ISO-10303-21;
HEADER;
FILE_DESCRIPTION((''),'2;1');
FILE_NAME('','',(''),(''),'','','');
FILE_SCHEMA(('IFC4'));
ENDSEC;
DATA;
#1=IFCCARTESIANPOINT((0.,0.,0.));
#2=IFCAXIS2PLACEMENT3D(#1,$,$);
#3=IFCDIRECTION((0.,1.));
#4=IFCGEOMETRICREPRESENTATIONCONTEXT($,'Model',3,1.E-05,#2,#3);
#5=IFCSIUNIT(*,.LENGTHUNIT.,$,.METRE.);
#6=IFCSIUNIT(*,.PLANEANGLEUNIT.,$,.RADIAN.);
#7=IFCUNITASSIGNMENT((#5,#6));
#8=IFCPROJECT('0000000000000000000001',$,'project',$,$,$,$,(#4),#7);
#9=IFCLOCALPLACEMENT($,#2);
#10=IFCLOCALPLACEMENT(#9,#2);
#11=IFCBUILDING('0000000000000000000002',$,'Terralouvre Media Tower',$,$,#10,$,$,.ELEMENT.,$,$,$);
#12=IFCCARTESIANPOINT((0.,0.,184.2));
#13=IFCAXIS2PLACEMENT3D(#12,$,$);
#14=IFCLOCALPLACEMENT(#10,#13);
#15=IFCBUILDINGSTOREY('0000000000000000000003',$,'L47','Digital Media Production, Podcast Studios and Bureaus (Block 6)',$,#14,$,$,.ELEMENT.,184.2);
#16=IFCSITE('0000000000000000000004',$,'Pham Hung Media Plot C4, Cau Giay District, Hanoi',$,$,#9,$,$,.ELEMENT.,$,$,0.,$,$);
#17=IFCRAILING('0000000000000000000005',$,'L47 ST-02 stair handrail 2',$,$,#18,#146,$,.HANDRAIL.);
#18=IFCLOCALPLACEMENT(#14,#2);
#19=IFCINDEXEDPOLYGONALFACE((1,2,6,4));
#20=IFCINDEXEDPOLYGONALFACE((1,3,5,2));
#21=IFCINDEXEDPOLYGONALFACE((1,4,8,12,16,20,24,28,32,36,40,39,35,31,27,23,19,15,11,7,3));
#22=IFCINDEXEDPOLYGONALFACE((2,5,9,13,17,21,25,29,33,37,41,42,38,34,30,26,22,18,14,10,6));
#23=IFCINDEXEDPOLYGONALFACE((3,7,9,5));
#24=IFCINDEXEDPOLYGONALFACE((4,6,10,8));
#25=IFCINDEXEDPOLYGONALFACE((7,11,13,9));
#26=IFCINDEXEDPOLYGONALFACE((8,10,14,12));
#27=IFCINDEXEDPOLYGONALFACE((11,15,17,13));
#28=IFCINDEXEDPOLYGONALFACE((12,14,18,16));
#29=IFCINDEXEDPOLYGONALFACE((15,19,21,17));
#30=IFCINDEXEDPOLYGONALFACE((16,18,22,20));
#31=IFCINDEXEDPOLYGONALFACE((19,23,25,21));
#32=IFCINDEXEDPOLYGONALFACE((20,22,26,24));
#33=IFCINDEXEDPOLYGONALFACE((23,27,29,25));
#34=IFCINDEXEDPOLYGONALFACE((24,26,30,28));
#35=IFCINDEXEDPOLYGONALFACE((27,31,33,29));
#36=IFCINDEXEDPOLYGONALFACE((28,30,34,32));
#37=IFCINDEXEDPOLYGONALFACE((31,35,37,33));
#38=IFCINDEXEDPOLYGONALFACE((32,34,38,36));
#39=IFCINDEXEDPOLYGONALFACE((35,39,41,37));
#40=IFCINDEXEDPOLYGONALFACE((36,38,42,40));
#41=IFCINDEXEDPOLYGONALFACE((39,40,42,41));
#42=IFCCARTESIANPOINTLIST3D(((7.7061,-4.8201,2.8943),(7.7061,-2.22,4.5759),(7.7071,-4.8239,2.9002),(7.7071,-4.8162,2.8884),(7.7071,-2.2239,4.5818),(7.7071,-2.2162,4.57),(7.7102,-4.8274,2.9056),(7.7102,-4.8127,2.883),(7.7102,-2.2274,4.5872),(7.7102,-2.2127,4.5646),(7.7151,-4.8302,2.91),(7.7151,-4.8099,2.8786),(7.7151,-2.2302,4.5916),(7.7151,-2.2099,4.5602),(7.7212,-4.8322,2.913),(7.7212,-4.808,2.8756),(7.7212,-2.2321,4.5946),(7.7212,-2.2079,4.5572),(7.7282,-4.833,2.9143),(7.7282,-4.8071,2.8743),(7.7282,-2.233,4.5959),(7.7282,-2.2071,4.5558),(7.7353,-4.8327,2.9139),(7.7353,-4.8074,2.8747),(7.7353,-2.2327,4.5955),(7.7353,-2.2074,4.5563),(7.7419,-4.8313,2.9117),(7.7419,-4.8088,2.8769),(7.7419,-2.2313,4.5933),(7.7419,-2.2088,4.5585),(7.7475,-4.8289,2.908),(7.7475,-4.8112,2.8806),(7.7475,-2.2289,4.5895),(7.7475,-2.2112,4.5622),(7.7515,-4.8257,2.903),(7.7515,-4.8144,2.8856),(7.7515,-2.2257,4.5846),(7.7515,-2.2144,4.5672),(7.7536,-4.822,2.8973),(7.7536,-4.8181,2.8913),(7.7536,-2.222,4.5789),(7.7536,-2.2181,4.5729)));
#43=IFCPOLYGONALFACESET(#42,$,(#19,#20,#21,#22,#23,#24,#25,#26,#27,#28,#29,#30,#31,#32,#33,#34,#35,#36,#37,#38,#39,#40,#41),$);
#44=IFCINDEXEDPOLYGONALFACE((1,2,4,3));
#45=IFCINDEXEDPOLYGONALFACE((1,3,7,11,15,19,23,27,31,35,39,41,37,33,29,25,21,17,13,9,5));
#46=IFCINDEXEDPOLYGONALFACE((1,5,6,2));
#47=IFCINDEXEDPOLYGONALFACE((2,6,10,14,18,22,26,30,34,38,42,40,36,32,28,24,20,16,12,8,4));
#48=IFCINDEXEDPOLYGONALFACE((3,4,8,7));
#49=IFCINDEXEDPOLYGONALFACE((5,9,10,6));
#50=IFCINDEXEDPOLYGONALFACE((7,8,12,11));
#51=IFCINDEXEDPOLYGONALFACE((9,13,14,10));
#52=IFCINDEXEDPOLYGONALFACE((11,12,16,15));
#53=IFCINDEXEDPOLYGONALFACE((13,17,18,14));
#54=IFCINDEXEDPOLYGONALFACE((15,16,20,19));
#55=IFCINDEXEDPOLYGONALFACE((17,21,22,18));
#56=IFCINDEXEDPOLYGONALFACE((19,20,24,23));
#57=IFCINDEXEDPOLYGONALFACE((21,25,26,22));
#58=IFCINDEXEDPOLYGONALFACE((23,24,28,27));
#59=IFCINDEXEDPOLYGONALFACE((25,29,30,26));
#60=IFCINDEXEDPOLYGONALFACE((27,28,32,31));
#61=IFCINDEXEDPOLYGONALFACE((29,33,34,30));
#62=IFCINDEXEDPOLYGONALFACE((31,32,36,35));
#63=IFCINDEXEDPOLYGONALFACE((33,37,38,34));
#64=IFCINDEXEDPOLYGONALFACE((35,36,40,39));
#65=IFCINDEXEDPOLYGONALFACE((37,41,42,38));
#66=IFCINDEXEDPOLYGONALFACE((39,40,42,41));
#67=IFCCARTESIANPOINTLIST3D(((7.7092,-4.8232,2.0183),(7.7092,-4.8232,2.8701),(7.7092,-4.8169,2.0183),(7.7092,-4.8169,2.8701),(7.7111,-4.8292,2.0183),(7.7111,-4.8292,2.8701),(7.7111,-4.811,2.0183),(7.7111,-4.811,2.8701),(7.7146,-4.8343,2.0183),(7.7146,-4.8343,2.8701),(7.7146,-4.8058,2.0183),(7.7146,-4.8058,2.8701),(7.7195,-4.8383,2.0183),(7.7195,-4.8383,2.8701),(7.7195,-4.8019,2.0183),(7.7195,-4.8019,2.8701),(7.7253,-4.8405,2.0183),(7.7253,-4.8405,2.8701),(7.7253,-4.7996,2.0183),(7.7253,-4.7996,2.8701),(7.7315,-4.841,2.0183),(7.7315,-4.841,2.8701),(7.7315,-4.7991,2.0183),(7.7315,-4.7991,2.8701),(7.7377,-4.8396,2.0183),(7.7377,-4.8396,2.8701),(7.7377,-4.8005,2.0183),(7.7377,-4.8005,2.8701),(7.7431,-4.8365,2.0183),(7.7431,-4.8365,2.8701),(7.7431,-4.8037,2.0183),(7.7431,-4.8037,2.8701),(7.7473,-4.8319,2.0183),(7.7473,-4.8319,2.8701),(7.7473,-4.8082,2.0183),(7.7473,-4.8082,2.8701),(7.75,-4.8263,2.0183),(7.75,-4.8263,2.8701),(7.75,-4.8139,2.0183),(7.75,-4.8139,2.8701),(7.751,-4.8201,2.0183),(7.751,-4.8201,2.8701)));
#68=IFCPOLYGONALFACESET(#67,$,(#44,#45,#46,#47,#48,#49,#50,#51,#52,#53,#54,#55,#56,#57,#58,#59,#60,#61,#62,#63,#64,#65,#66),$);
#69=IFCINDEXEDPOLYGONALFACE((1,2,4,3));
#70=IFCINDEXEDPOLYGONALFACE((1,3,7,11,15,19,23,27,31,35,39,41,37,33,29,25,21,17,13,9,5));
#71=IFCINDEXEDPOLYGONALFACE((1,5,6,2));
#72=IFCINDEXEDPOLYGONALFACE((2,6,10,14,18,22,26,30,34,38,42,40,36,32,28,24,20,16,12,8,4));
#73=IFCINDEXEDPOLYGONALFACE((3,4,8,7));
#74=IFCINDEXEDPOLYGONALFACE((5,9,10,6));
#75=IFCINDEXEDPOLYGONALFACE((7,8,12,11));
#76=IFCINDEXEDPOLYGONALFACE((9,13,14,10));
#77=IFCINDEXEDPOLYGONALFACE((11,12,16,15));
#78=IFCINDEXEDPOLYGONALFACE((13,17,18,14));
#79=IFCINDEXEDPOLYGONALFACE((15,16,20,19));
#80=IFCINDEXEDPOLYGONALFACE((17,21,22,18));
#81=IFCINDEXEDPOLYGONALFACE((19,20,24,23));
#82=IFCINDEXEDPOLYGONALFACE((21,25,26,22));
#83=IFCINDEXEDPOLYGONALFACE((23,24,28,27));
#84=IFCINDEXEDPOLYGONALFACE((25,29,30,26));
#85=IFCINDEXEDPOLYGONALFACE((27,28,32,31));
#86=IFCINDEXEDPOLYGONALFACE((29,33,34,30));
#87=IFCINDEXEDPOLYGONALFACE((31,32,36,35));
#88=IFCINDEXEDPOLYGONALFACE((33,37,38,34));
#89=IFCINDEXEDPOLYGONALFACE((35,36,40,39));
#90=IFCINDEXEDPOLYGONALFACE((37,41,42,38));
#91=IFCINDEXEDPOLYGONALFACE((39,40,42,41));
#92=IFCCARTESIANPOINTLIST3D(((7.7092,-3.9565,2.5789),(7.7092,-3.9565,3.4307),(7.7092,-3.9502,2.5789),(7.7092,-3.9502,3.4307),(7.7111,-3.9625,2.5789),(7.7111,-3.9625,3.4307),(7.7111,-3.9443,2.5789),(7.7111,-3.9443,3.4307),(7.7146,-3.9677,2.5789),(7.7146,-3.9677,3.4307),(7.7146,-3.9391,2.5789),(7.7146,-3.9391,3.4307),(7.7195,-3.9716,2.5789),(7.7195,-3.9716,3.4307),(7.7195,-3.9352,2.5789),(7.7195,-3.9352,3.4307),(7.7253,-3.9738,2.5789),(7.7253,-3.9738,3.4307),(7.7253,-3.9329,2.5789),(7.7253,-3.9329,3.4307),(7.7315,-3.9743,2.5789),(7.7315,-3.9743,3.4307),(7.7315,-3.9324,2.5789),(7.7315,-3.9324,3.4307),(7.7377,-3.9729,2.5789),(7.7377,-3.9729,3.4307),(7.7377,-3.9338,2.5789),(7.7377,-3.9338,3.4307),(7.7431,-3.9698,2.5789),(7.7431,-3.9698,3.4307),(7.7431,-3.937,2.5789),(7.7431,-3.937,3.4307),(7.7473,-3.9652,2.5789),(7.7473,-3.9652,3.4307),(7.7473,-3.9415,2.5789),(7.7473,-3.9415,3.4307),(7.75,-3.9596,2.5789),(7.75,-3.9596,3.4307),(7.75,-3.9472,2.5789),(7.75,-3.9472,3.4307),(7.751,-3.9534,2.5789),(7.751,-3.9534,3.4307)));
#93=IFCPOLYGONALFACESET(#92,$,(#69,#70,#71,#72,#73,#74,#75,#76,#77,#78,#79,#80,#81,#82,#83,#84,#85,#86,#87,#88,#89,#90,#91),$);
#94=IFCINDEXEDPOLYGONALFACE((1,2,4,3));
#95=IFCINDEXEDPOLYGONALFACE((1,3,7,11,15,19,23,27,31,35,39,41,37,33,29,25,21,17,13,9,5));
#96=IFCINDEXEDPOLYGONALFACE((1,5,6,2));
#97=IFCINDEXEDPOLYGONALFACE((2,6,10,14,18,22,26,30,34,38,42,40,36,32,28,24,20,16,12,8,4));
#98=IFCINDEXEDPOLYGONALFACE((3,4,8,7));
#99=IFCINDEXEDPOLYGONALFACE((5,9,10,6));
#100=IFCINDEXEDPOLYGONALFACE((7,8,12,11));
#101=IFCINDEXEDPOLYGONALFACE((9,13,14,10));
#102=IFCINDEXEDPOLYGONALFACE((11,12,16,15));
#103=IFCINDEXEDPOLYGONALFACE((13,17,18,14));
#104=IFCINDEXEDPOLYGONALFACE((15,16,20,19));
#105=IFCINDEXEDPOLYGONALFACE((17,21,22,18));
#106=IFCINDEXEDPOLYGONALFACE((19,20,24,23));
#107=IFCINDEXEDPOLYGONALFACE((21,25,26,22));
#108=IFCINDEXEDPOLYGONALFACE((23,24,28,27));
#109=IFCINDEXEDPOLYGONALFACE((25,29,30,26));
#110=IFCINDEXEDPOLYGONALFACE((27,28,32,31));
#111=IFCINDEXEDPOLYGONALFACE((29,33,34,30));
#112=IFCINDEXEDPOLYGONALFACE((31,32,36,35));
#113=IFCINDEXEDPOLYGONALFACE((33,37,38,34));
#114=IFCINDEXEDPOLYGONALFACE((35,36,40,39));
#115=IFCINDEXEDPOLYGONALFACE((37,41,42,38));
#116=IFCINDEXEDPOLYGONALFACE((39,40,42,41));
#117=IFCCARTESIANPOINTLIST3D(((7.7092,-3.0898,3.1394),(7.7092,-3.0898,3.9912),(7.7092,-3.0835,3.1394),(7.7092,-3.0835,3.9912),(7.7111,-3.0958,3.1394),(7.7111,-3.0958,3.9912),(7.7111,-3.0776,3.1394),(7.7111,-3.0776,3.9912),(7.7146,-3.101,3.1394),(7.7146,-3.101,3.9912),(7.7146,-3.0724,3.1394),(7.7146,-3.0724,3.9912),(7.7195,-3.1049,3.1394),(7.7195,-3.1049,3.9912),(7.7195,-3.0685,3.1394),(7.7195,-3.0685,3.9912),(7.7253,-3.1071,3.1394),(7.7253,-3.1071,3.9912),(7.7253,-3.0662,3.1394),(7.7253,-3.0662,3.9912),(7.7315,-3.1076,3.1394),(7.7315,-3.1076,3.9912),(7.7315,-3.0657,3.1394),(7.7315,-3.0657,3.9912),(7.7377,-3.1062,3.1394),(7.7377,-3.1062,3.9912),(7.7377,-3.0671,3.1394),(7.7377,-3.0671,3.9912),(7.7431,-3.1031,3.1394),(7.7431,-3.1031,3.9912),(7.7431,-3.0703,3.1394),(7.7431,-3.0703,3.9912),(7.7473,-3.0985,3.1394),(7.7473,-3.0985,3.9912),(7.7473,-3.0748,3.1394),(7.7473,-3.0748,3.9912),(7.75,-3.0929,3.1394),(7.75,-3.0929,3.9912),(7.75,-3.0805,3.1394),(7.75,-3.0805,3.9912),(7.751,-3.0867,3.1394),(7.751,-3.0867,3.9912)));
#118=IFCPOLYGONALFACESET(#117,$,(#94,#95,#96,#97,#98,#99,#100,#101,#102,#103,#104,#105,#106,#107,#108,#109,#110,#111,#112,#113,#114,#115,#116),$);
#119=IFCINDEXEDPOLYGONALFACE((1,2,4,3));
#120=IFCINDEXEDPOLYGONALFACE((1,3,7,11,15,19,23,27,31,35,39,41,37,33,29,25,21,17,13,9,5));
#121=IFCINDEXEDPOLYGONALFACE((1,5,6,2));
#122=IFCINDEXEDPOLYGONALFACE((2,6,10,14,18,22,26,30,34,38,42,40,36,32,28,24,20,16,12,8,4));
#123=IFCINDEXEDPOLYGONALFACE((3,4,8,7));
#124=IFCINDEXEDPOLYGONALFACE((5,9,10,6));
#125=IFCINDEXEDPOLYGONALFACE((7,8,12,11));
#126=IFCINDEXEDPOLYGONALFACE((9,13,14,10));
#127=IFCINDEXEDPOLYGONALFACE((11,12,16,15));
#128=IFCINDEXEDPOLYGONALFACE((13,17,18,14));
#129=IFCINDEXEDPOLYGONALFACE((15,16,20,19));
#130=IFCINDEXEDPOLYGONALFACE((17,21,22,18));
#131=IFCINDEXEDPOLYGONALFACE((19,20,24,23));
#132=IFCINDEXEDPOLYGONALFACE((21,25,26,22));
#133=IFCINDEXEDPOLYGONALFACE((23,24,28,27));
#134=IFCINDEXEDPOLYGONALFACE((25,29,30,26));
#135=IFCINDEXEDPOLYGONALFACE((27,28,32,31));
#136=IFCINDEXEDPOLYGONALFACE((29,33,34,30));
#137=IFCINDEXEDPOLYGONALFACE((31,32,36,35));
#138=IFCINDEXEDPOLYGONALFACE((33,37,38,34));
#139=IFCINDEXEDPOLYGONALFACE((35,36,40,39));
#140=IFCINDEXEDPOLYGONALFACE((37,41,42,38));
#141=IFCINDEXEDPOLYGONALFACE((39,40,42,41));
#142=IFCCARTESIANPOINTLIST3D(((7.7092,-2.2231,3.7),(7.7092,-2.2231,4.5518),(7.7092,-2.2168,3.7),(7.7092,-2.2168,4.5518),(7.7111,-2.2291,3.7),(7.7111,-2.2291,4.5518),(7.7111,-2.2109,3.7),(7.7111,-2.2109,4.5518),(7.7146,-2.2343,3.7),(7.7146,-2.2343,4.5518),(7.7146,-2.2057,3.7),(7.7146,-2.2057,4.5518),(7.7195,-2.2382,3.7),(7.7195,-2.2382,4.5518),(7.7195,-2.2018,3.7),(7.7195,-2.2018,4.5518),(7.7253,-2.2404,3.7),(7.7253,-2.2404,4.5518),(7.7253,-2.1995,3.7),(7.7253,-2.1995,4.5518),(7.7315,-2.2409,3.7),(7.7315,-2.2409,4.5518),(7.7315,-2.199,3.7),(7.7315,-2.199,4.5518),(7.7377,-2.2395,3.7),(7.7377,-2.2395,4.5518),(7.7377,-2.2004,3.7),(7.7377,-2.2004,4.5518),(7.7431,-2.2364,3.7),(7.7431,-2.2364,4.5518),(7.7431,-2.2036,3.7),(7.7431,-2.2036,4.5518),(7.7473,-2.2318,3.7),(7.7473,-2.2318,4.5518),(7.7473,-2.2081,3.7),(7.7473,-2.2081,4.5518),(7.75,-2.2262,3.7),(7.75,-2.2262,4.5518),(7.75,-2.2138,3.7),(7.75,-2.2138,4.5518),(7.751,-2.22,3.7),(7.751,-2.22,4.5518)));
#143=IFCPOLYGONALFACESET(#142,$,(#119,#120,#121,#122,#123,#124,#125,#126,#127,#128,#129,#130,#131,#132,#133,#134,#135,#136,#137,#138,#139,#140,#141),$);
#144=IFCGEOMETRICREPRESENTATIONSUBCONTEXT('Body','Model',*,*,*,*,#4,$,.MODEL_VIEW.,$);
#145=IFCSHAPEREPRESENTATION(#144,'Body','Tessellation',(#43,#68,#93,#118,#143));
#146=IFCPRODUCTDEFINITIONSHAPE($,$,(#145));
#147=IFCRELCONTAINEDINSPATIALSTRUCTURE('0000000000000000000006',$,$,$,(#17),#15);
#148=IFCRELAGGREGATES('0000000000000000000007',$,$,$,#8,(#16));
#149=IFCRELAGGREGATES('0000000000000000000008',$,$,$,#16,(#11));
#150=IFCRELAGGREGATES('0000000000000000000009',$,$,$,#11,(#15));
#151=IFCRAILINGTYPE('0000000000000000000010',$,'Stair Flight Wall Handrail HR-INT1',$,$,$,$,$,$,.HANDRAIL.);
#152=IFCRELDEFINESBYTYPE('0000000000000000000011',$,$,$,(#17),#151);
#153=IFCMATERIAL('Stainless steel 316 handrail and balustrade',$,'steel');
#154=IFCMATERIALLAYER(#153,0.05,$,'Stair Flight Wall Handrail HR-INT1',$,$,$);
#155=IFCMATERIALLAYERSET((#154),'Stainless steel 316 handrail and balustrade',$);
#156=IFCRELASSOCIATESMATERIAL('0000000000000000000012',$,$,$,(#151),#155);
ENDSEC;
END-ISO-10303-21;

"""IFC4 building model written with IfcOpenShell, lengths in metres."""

from ifc_helpers import new_model, si_unit, direction, frame, origin, origin_2d, place, context, subcontext, project, spatial, circle, extrude, material, layer, layer_set, type_object, element, save


model = new_model("IFC4")

# Units and contexts
model_context = context("Model", 3, precision=1e-05, world=origin(), true_north=direction((0.0, 1.0)))
body_context = subcontext(model_context, "Body", "Model", "MODEL_VIEW")
ifc_project = project(units=[si_unit("LENGTHUNIT", "METRE"), si_unit("PLANEANGLEUNIT", "RADIAN")], contexts=[model_context])

# Site, building, storey
site_placement = place(None, origin())
site = spatial("IfcSite", under=ifc_project, at=site_placement, Name="Pham Hung Media Plot C4, Cau Giay District, Hanoi", CompositionType="ELEMENT", RefElevation=0.0)
building_placement = place(site_placement, origin())
building = spatial("IfcBuilding", under=site, at=building_placement, Name="Terralouvre Media Tower", CompositionType="ELEMENT")
storey_placement = place(building_placement, frame((0.0, 0.0, 184.2)))
storey = spatial("IfcBuildingStorey", under=building, at=storey_placement, Name="L47", Description="Digital Media Production, Podcast Studios and Bureaus (Block 6)", CompositionType="ELEMENT", Elevation=184.2)

# Railing
ifc_material_1 = material(Name="Stainless steel 316 handrail and balustrade", Category="steel")
ifc_layer_1 = layer(ifc_material_1, 0.05, Name="Stair Flight Wall Handrail HR-INT1")
ifc_layer_set_1 = layer_set([ifc_layer_1], Name="Stainless steel 316 handrail and balustrade")
railing_type_1 = type_object("IfcRailingType", Name="Stair Flight Wall Handrail HR-INT1", PredefinedType="HANDRAIL", material=ifc_layer_set_1)
railing_1_placement = place(storey_placement, frame((7.73, -4.8201, 2.0183)))
element("IfcRailing", 1, at=railing_1_placement, inside=storey, type_object=railing_type_1, Name="L47 ST-02 stair handrail 2", PredefinedType="HANDRAIL", context=body_context, shape_type="SweptSolid", body=[
    extrude(circle(Radius=0.0239, at=origin_2d()), frame((0.0, 0.0, 0.876), z_axis=(0.0, 0.839684, 0.543075), x_axis=(-1.0, 0.0, 0.0)), (0.0, 0.0, 1.0), 3.0964),
    extrude(circle(Radius=0.021, at=origin_2d()), origin(), (0.0, 0.0, 1.0), 0.8518),
    extrude(circle(Radius=0.021, at=origin_2d()), frame((0.0, 0.8667, 0.5605)), (0.0, 0.0, 1.0), 0.8518),
    extrude(circle(Radius=0.021, at=origin_2d()), frame((0.0, 1.7334, 1.1211)), (0.0, 0.0, 1.0), 0.8518),
    extrude(circle(Radius=0.021, at=origin_2d()), frame((0.0, 2.6001, 1.6816)), (0.0, 0.0, 1.0), 0.8518),
])

save(model, "model.ifc")
